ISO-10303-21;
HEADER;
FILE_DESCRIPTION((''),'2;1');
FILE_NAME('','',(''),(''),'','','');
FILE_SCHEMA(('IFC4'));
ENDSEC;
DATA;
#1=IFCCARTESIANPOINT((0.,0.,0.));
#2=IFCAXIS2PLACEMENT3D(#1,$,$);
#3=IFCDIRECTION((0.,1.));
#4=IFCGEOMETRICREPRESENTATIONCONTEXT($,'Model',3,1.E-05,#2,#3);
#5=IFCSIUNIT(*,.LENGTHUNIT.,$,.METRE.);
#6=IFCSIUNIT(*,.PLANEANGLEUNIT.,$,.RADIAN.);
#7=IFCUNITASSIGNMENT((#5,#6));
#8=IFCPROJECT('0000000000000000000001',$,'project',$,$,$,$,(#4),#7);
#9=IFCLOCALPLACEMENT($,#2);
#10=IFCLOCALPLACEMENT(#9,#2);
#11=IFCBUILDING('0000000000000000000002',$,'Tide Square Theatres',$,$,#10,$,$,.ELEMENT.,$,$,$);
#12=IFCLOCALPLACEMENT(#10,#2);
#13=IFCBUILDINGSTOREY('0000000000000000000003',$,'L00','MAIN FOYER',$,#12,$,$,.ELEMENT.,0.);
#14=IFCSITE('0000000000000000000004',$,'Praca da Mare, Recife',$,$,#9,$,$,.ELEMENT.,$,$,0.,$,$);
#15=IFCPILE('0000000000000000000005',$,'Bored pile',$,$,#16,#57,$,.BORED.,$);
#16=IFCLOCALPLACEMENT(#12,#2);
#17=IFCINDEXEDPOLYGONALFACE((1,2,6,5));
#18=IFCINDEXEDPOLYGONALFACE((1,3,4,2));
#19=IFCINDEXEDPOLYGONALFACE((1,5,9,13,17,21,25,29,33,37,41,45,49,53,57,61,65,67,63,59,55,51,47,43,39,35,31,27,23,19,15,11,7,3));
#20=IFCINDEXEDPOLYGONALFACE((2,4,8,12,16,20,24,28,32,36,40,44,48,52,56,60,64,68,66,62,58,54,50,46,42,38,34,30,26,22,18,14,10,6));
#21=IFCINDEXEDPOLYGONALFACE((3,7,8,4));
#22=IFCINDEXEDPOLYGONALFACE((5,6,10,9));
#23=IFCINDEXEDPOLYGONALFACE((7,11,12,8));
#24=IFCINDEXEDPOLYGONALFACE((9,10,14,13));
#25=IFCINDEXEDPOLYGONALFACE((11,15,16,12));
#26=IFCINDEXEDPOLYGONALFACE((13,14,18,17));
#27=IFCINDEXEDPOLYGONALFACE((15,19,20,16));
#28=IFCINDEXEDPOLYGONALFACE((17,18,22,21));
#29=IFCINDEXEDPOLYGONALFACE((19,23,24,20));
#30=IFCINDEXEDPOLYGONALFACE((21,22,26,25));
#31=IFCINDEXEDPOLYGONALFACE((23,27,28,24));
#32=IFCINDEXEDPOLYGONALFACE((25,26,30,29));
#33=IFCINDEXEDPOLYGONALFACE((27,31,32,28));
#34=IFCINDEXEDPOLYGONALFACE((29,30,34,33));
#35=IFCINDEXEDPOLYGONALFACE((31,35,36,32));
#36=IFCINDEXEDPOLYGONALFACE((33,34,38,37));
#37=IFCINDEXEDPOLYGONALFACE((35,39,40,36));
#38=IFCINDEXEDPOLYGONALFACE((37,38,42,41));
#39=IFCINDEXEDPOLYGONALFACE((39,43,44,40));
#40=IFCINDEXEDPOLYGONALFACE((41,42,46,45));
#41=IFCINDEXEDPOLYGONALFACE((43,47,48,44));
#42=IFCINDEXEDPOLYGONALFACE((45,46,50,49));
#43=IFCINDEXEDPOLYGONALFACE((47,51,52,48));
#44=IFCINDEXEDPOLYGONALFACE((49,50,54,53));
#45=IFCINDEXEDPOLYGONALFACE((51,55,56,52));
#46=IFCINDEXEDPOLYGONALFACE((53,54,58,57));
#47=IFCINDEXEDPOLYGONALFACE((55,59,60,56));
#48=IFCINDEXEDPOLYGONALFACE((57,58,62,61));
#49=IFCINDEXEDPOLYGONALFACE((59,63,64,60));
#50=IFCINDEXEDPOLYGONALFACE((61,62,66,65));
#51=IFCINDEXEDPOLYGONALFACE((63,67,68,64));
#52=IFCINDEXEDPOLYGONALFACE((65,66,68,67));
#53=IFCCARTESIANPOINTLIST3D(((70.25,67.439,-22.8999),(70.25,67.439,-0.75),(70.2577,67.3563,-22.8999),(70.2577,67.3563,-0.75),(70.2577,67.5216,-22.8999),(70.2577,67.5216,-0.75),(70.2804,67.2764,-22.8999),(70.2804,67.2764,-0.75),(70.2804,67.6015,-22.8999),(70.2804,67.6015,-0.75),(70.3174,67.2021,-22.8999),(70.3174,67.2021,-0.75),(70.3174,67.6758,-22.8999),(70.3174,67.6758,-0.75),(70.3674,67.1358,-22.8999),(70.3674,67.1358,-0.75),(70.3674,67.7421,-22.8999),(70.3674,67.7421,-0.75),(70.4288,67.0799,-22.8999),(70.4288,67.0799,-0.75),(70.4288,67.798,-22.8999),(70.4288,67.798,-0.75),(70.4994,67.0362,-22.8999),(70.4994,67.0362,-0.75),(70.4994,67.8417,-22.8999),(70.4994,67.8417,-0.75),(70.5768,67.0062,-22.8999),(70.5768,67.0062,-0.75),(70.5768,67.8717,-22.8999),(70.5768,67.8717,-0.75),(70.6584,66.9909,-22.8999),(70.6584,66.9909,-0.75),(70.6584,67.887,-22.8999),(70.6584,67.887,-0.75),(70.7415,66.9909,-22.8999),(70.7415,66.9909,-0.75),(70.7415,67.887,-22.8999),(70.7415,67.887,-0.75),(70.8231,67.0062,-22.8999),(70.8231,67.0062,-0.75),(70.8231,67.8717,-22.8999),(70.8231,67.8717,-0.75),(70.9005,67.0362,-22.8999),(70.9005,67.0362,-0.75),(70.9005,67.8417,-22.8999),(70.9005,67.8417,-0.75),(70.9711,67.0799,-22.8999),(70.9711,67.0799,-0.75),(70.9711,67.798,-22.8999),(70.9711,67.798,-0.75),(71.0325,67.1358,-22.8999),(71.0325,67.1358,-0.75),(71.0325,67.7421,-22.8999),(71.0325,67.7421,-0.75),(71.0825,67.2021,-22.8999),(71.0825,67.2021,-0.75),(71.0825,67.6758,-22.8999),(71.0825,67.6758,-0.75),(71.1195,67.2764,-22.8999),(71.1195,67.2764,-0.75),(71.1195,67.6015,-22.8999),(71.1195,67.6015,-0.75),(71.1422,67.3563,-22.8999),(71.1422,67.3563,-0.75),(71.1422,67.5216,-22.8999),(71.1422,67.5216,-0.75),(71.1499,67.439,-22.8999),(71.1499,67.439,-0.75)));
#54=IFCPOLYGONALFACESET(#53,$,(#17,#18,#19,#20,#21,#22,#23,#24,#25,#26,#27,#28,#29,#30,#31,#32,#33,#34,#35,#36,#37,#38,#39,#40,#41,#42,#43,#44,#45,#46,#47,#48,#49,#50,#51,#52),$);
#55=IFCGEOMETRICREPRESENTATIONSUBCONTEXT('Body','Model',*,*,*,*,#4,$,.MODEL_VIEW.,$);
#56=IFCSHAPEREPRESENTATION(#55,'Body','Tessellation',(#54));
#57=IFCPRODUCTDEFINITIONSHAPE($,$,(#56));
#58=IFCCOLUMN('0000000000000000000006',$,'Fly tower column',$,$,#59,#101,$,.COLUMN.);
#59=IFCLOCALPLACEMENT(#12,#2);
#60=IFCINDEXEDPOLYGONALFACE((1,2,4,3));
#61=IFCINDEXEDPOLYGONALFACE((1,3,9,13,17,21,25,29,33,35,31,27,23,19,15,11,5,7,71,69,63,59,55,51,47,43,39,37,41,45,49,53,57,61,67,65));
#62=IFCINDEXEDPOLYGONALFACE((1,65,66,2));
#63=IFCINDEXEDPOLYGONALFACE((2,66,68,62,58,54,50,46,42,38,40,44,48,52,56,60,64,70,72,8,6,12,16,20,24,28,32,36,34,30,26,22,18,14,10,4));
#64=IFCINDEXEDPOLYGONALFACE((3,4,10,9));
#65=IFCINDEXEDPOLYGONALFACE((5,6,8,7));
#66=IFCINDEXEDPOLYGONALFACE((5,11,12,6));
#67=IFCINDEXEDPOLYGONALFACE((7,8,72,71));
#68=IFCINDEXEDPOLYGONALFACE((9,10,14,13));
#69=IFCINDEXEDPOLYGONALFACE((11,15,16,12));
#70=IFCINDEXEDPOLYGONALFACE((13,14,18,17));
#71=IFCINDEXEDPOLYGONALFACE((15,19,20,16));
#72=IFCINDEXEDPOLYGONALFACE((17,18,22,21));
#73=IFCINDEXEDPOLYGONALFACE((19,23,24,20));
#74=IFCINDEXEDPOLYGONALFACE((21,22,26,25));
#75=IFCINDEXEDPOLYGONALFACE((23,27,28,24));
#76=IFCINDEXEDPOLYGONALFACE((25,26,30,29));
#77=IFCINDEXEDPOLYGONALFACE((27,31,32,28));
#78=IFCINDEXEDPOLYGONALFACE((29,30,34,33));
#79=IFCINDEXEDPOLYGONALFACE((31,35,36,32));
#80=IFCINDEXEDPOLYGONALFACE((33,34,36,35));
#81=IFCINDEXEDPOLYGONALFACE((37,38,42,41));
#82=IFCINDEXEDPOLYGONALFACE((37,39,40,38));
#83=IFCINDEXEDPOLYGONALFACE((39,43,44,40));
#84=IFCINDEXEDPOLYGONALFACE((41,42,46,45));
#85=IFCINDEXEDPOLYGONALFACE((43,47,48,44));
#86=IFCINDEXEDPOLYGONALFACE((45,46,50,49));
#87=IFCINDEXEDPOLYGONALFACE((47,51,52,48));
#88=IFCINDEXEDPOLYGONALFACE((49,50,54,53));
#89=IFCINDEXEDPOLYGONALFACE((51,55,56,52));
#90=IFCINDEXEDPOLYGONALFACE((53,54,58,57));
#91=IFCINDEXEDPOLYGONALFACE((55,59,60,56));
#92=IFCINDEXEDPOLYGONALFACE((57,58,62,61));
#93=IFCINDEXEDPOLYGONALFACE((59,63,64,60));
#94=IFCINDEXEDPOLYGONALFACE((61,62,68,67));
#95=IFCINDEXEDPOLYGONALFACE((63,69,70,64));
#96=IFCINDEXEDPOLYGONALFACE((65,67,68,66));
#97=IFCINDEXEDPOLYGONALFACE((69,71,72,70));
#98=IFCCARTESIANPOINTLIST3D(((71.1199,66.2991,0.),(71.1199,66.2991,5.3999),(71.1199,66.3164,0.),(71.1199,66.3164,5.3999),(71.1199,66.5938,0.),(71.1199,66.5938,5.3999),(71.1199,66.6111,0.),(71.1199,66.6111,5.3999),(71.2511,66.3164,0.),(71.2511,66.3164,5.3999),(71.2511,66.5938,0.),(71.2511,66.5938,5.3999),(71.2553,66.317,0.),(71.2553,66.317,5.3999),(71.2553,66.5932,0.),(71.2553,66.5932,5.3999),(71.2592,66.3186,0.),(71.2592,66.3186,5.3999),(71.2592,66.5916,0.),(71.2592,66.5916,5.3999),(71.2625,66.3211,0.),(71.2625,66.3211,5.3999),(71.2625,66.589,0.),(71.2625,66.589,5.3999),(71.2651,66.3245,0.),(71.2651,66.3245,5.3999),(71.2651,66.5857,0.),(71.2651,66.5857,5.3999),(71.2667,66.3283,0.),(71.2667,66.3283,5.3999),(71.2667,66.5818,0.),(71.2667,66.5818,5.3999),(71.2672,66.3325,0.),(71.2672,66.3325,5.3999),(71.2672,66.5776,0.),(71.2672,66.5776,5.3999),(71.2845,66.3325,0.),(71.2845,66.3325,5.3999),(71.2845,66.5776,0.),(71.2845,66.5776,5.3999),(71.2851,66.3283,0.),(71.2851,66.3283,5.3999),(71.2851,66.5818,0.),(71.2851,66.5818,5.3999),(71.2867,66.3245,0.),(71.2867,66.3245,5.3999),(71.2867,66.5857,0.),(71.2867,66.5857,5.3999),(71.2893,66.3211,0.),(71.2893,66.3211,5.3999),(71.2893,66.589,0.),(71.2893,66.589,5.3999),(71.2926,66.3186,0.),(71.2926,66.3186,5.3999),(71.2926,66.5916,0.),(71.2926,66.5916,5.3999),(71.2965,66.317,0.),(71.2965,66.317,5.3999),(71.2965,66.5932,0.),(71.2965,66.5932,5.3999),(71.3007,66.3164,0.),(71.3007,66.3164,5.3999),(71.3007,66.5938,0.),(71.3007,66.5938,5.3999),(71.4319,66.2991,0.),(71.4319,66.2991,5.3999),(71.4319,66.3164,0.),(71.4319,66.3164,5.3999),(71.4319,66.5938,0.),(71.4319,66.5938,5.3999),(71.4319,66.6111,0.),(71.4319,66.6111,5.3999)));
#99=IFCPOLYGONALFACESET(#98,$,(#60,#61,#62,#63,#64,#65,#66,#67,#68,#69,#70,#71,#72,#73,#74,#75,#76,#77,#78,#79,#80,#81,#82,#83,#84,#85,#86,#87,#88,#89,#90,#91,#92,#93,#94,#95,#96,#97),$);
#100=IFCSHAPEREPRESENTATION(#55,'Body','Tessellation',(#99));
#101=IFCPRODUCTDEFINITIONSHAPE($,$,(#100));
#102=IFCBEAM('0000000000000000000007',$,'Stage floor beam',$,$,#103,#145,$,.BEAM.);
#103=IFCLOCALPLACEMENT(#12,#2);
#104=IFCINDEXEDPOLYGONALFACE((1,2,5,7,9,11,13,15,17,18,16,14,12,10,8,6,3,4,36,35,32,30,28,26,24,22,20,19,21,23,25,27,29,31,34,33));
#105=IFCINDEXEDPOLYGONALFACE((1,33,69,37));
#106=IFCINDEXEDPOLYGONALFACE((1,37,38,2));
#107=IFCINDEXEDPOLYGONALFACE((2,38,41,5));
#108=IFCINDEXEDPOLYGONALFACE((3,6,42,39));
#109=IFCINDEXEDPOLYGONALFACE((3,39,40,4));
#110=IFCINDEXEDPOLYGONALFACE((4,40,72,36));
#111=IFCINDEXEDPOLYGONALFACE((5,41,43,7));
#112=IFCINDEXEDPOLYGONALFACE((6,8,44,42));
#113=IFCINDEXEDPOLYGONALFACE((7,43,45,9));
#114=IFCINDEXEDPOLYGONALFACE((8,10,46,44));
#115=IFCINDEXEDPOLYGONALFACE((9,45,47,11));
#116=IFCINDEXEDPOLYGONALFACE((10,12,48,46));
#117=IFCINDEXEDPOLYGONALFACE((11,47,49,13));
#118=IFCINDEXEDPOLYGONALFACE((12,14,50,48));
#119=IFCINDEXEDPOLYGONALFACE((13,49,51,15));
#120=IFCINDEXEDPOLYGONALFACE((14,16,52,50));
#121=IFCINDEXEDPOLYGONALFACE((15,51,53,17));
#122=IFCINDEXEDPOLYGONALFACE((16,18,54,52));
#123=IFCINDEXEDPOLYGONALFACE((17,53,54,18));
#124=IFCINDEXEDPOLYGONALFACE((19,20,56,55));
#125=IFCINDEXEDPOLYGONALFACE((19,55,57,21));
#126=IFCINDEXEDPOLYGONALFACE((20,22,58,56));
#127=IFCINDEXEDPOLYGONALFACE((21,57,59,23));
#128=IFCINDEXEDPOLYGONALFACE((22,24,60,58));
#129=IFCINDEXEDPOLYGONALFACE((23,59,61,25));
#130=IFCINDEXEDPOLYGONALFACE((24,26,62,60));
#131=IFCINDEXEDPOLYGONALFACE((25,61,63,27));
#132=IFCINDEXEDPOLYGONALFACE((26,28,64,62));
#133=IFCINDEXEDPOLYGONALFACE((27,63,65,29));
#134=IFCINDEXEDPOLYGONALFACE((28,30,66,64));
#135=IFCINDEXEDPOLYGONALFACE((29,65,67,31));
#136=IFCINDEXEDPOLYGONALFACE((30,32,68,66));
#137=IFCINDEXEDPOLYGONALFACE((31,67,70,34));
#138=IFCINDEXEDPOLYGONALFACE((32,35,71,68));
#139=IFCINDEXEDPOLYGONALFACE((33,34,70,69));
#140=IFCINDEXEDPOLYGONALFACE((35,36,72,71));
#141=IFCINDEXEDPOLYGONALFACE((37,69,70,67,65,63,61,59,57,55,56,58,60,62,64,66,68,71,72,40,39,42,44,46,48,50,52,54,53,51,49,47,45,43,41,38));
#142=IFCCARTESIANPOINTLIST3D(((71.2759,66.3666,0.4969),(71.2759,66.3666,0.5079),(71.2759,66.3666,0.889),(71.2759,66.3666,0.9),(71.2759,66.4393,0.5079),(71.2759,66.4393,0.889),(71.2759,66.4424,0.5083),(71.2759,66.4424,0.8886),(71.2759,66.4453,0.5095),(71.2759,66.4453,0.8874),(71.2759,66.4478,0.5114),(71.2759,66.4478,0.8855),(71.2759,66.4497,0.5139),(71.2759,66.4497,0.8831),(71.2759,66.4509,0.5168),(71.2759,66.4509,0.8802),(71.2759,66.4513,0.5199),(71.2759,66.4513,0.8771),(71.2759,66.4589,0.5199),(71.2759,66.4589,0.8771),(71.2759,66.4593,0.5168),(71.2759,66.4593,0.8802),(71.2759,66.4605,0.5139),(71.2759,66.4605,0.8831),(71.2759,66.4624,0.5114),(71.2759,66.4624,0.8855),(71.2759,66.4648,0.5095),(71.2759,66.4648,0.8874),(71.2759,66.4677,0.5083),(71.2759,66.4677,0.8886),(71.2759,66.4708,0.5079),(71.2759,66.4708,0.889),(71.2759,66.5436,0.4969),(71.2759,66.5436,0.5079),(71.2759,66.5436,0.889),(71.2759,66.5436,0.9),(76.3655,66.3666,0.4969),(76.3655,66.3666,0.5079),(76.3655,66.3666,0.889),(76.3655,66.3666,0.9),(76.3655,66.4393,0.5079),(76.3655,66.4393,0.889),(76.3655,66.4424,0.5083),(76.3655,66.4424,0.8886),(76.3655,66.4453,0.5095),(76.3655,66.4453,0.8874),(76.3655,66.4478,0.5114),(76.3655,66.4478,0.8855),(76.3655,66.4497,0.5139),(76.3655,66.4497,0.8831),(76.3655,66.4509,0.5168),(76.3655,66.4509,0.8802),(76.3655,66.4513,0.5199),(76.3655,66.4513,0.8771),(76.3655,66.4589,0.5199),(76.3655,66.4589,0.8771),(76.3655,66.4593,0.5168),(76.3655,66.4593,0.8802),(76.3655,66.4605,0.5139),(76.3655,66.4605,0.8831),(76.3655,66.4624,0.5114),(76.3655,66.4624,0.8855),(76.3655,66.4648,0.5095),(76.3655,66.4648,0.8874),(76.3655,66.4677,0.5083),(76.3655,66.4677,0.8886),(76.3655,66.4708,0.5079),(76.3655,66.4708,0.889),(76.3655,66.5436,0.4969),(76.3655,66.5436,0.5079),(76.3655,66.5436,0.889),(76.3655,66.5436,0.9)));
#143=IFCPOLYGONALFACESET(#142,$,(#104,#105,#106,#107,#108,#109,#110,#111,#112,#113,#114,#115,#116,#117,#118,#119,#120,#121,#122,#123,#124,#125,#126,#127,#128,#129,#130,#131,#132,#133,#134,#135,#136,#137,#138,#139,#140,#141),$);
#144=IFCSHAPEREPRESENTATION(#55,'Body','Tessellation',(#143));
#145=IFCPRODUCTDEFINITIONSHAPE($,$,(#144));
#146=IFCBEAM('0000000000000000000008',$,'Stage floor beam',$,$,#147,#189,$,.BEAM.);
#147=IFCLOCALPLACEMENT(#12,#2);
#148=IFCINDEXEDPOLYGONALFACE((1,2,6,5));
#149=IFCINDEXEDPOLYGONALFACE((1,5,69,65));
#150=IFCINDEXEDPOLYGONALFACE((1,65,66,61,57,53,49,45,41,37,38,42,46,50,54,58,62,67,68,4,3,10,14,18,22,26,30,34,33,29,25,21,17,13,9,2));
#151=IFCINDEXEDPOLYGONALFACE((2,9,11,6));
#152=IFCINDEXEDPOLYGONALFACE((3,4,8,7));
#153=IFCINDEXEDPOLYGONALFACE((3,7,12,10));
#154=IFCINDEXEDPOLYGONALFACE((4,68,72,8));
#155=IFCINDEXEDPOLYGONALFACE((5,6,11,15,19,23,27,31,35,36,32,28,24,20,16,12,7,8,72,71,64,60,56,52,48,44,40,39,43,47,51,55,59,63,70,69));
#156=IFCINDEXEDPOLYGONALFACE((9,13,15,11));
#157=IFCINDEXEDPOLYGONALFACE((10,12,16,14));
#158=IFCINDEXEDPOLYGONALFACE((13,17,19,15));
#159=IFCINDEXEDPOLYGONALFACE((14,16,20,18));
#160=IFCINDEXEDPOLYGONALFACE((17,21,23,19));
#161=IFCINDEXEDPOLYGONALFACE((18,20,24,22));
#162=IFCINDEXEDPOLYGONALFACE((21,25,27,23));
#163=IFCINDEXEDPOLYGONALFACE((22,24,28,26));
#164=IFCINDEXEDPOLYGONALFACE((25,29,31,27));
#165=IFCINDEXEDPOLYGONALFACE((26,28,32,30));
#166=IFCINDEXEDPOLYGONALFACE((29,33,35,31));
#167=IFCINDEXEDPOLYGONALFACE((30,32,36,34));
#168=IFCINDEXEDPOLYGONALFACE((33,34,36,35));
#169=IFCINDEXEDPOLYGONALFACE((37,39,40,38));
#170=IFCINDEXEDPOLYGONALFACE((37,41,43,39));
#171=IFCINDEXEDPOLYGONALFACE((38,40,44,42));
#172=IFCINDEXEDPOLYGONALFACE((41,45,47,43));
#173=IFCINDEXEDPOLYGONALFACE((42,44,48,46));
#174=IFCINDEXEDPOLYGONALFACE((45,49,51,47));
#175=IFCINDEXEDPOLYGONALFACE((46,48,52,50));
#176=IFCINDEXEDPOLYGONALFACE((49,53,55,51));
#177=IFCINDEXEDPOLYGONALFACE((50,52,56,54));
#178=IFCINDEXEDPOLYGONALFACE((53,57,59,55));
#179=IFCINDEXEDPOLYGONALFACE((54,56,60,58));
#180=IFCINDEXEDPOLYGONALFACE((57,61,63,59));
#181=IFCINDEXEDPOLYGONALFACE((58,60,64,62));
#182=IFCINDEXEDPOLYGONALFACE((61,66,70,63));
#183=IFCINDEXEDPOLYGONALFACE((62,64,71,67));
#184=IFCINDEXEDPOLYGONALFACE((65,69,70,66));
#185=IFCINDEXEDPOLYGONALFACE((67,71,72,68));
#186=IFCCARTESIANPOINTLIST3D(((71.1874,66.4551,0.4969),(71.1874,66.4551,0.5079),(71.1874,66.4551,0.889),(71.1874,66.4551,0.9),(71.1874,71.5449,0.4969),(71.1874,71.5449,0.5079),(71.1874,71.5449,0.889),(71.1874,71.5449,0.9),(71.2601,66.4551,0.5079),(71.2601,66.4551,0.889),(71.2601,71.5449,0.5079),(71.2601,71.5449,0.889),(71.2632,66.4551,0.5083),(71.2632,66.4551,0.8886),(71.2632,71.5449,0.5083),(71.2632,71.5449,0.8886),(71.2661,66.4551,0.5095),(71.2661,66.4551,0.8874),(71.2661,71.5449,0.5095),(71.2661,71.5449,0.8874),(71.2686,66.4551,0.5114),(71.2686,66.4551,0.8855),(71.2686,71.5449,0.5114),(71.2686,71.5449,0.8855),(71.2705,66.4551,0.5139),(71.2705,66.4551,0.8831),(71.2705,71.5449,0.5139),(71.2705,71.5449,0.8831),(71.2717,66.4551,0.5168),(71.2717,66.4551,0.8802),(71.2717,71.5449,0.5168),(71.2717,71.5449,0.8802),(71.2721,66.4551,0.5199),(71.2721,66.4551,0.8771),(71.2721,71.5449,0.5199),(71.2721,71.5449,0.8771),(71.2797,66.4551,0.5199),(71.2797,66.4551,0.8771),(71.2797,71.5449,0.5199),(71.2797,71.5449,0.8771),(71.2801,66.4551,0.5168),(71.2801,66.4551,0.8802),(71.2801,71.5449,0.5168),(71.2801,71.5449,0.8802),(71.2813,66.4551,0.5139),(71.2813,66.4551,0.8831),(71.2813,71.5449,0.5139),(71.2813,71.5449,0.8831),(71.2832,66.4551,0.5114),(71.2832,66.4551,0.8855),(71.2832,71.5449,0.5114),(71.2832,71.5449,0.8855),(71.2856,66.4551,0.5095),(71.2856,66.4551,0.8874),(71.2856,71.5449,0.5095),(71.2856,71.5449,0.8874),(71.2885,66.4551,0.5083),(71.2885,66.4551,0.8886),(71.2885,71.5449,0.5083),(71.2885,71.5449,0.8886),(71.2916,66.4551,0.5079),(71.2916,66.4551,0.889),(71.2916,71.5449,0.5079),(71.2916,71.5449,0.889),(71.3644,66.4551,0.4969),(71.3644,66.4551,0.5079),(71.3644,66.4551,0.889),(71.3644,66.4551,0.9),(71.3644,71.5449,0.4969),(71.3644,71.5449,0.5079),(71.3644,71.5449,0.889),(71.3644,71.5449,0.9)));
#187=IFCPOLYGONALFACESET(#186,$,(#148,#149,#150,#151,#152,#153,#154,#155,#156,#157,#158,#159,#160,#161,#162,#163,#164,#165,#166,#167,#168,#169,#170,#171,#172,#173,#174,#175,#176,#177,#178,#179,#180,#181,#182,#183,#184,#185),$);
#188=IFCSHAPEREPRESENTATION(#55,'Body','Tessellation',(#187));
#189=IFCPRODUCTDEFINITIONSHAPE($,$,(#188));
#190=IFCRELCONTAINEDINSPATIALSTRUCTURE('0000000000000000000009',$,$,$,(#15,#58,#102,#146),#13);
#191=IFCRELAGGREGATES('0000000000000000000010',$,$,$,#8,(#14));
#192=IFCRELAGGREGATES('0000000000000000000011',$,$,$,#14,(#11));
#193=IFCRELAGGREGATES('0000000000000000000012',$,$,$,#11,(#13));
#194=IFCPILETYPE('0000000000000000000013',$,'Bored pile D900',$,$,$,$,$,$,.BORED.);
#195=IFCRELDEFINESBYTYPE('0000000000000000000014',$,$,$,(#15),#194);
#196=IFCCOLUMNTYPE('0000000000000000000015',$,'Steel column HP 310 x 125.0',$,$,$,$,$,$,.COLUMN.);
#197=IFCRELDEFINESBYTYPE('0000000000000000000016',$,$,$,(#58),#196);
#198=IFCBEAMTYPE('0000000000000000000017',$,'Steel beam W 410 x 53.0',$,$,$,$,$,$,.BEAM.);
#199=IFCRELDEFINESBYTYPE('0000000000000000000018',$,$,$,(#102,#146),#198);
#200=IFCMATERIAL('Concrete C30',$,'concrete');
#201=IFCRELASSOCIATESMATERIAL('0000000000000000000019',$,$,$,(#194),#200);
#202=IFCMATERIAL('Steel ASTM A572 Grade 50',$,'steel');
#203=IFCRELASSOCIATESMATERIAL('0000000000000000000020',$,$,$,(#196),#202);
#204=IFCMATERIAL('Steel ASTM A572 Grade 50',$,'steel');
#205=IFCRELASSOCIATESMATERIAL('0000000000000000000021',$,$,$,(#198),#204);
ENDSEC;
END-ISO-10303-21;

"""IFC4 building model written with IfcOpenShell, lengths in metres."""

from ifc_helpers import new_model, si_unit, direction, frame, origin, origin_2d, place, context, subcontext, project, spatial, circle, i_section, extrude, material, material_profile, profile_set, type_object, element, save


model = new_model("IFC4")

# Units and contexts
model_context = context("Model", 3, precision=1e-05, world=origin(), true_north=direction((0.0, 1.0)))
body_context = subcontext(model_context, "Body", "Model", "MODEL_VIEW")
ifc_project = project(units=[si_unit("LENGTHUNIT", "METRE"), si_unit("PLANEANGLEUNIT", "RADIAN")], contexts=[model_context])

# Site, building, storey
site_placement = place(None, origin())
site = spatial("IfcSite", under=ifc_project, at=site_placement, Name="Praca da Mare, Recife", CompositionType="ELEMENT", RefElevation=0.0)
building_placement = place(site_placement, origin())
building = spatial("IfcBuilding", under=site, at=building_placement, Name="Tide Square Theatres", CompositionType="ELEMENT")
storey_placement = place(building_placement, origin())
storey = spatial("IfcBuildingStorey", under=building, at=storey_placement, Name="L00", Description="MAIN FOYER", CompositionType="ELEMENT", Elevation=0.0)

# Pile
ifc_material_1 = material(Name="Concrete C30", Category="concrete")
ifc_material_profile_1 = material_profile(ifc_material_1, circle(Radius=0.45, at=origin_2d()))
ifc_profile_set_1 = profile_set([ifc_material_profile_1], Name="Concrete C30")
pile_type_1 = type_object("IfcPileType", Name="Bored pile D900", PredefinedType="BORED", material=ifc_profile_set_1)
for number, where, z_axis, x_axis, name in (
    (1, (70.7, 67.439, -0.75), (0.0, 0.0, -1.0), (1.0, 0.0, 0.0), "Bored pile"),
):
    element("IfcPile", number, at=place(storey_placement, frame(where, z_axis=z_axis, x_axis=x_axis)), inside=storey, type_object=pile_type_1, Name=name, PredefinedType="BORED", context=body_context, shape_type="SweptSolid", body=[
        extrude(circle(Radius=0.45, at=origin_2d()), origin(), (0.0, 0.0, 1.0), 22.1499),
    ])

# Column
ifc_material_2 = material(Name="Steel ASTM A572 Grade 50", Category="steel")
ifc_material_profile_2 = material_profile(ifc_material_2, i_section(OverallWidth=0.312, OverallDepth=0.312, WebThickness=0.0173, FlangeThickness=0.0173, FilletRadius=0.0161, at=origin_2d()))
ifc_profile_set_2 = profile_set([ifc_material_profile_2], Name="Steel ASTM A572 Grade 50")
column_type = type_object("IfcColumnType", Name="Steel column HP 310 x 125.0", PredefinedType="COLUMN", material=ifc_profile_set_2)
column_placement = place(storey_placement, frame((71.2759, 66.4551, 0.0), z_axis=(0.0, 0.0, 1.0), x_axis=(1.0, 0.0, 0.0)))
element("IfcColumn", 2, at=column_placement, inside=storey, type_object=column_type, Name="Fly tower column", PredefinedType="COLUMN", context=body_context, shape_type="SweptSolid", body=[
    extrude(i_section(OverallWidth=0.312, OverallDepth=0.312, WebThickness=0.0173, FlangeThickness=0.0173, FilletRadius=0.0161, at=origin_2d()), origin(), (0.0, 0.0, 1.0), 5.3999),
])

# Beams
ifc_material_3 = material(Name="Steel ASTM A572 Grade 50", Category="steel")
ifc_material_profile_3 = material_profile(ifc_material_3, i_section(OverallWidth=0.177, OverallDepth=0.4031, WebThickness=0.0076, FlangeThickness=0.011, FilletRadius=0.012, at=origin_2d()))
ifc_profile_set_3 = profile_set([ifc_material_profile_3], Name="Steel ASTM A572 Grade 50")
beam_type = type_object("IfcBeamType", Name="Steel beam W 410 x 53.0", PredefinedType="BEAM", material=ifc_profile_set_3)
beam_1_placement = place(storey_placement, frame((71.2759, 66.4551, 0.6985), z_axis=(1.0, 0.0, 0.0), x_axis=(0.0, 1.0, 0.0)))
element("IfcBeam", 3, at=beam_1_placement, inside=storey, type_object=beam_type, Name="Stage floor beam", PredefinedType="BEAM", context=body_context, shape_type="SweptSolid", body=[
    extrude(i_section(OverallWidth=0.177, OverallDepth=0.4031, WebThickness=0.0076, FlangeThickness=0.011, FilletRadius=0.012, at=origin_2d()), origin(), (0.0, 0.0, 1.0), 5.0896),
])
beam_2_placement = place(storey_placement, frame((71.2759, 66.4551, 0.6985), z_axis=(0.0, 1.0, 0.0), x_axis=(-1.0, 0.0, 0.0)))
element("IfcBeam", 4, at=beam_2_placement, inside=storey, type_object=beam_type, Name="Stage floor beam", PredefinedType="BEAM", context=body_context, shape_type="SweptSolid", body=[
    extrude(i_section(OverallWidth=0.177, OverallDepth=0.4031, WebThickness=0.0076, FlangeThickness=0.011, FilletRadius=0.012, at=origin_2d()), origin(), (0.0, 0.0, 1.0), 5.0898),
])

save(model, "model.ifc")
